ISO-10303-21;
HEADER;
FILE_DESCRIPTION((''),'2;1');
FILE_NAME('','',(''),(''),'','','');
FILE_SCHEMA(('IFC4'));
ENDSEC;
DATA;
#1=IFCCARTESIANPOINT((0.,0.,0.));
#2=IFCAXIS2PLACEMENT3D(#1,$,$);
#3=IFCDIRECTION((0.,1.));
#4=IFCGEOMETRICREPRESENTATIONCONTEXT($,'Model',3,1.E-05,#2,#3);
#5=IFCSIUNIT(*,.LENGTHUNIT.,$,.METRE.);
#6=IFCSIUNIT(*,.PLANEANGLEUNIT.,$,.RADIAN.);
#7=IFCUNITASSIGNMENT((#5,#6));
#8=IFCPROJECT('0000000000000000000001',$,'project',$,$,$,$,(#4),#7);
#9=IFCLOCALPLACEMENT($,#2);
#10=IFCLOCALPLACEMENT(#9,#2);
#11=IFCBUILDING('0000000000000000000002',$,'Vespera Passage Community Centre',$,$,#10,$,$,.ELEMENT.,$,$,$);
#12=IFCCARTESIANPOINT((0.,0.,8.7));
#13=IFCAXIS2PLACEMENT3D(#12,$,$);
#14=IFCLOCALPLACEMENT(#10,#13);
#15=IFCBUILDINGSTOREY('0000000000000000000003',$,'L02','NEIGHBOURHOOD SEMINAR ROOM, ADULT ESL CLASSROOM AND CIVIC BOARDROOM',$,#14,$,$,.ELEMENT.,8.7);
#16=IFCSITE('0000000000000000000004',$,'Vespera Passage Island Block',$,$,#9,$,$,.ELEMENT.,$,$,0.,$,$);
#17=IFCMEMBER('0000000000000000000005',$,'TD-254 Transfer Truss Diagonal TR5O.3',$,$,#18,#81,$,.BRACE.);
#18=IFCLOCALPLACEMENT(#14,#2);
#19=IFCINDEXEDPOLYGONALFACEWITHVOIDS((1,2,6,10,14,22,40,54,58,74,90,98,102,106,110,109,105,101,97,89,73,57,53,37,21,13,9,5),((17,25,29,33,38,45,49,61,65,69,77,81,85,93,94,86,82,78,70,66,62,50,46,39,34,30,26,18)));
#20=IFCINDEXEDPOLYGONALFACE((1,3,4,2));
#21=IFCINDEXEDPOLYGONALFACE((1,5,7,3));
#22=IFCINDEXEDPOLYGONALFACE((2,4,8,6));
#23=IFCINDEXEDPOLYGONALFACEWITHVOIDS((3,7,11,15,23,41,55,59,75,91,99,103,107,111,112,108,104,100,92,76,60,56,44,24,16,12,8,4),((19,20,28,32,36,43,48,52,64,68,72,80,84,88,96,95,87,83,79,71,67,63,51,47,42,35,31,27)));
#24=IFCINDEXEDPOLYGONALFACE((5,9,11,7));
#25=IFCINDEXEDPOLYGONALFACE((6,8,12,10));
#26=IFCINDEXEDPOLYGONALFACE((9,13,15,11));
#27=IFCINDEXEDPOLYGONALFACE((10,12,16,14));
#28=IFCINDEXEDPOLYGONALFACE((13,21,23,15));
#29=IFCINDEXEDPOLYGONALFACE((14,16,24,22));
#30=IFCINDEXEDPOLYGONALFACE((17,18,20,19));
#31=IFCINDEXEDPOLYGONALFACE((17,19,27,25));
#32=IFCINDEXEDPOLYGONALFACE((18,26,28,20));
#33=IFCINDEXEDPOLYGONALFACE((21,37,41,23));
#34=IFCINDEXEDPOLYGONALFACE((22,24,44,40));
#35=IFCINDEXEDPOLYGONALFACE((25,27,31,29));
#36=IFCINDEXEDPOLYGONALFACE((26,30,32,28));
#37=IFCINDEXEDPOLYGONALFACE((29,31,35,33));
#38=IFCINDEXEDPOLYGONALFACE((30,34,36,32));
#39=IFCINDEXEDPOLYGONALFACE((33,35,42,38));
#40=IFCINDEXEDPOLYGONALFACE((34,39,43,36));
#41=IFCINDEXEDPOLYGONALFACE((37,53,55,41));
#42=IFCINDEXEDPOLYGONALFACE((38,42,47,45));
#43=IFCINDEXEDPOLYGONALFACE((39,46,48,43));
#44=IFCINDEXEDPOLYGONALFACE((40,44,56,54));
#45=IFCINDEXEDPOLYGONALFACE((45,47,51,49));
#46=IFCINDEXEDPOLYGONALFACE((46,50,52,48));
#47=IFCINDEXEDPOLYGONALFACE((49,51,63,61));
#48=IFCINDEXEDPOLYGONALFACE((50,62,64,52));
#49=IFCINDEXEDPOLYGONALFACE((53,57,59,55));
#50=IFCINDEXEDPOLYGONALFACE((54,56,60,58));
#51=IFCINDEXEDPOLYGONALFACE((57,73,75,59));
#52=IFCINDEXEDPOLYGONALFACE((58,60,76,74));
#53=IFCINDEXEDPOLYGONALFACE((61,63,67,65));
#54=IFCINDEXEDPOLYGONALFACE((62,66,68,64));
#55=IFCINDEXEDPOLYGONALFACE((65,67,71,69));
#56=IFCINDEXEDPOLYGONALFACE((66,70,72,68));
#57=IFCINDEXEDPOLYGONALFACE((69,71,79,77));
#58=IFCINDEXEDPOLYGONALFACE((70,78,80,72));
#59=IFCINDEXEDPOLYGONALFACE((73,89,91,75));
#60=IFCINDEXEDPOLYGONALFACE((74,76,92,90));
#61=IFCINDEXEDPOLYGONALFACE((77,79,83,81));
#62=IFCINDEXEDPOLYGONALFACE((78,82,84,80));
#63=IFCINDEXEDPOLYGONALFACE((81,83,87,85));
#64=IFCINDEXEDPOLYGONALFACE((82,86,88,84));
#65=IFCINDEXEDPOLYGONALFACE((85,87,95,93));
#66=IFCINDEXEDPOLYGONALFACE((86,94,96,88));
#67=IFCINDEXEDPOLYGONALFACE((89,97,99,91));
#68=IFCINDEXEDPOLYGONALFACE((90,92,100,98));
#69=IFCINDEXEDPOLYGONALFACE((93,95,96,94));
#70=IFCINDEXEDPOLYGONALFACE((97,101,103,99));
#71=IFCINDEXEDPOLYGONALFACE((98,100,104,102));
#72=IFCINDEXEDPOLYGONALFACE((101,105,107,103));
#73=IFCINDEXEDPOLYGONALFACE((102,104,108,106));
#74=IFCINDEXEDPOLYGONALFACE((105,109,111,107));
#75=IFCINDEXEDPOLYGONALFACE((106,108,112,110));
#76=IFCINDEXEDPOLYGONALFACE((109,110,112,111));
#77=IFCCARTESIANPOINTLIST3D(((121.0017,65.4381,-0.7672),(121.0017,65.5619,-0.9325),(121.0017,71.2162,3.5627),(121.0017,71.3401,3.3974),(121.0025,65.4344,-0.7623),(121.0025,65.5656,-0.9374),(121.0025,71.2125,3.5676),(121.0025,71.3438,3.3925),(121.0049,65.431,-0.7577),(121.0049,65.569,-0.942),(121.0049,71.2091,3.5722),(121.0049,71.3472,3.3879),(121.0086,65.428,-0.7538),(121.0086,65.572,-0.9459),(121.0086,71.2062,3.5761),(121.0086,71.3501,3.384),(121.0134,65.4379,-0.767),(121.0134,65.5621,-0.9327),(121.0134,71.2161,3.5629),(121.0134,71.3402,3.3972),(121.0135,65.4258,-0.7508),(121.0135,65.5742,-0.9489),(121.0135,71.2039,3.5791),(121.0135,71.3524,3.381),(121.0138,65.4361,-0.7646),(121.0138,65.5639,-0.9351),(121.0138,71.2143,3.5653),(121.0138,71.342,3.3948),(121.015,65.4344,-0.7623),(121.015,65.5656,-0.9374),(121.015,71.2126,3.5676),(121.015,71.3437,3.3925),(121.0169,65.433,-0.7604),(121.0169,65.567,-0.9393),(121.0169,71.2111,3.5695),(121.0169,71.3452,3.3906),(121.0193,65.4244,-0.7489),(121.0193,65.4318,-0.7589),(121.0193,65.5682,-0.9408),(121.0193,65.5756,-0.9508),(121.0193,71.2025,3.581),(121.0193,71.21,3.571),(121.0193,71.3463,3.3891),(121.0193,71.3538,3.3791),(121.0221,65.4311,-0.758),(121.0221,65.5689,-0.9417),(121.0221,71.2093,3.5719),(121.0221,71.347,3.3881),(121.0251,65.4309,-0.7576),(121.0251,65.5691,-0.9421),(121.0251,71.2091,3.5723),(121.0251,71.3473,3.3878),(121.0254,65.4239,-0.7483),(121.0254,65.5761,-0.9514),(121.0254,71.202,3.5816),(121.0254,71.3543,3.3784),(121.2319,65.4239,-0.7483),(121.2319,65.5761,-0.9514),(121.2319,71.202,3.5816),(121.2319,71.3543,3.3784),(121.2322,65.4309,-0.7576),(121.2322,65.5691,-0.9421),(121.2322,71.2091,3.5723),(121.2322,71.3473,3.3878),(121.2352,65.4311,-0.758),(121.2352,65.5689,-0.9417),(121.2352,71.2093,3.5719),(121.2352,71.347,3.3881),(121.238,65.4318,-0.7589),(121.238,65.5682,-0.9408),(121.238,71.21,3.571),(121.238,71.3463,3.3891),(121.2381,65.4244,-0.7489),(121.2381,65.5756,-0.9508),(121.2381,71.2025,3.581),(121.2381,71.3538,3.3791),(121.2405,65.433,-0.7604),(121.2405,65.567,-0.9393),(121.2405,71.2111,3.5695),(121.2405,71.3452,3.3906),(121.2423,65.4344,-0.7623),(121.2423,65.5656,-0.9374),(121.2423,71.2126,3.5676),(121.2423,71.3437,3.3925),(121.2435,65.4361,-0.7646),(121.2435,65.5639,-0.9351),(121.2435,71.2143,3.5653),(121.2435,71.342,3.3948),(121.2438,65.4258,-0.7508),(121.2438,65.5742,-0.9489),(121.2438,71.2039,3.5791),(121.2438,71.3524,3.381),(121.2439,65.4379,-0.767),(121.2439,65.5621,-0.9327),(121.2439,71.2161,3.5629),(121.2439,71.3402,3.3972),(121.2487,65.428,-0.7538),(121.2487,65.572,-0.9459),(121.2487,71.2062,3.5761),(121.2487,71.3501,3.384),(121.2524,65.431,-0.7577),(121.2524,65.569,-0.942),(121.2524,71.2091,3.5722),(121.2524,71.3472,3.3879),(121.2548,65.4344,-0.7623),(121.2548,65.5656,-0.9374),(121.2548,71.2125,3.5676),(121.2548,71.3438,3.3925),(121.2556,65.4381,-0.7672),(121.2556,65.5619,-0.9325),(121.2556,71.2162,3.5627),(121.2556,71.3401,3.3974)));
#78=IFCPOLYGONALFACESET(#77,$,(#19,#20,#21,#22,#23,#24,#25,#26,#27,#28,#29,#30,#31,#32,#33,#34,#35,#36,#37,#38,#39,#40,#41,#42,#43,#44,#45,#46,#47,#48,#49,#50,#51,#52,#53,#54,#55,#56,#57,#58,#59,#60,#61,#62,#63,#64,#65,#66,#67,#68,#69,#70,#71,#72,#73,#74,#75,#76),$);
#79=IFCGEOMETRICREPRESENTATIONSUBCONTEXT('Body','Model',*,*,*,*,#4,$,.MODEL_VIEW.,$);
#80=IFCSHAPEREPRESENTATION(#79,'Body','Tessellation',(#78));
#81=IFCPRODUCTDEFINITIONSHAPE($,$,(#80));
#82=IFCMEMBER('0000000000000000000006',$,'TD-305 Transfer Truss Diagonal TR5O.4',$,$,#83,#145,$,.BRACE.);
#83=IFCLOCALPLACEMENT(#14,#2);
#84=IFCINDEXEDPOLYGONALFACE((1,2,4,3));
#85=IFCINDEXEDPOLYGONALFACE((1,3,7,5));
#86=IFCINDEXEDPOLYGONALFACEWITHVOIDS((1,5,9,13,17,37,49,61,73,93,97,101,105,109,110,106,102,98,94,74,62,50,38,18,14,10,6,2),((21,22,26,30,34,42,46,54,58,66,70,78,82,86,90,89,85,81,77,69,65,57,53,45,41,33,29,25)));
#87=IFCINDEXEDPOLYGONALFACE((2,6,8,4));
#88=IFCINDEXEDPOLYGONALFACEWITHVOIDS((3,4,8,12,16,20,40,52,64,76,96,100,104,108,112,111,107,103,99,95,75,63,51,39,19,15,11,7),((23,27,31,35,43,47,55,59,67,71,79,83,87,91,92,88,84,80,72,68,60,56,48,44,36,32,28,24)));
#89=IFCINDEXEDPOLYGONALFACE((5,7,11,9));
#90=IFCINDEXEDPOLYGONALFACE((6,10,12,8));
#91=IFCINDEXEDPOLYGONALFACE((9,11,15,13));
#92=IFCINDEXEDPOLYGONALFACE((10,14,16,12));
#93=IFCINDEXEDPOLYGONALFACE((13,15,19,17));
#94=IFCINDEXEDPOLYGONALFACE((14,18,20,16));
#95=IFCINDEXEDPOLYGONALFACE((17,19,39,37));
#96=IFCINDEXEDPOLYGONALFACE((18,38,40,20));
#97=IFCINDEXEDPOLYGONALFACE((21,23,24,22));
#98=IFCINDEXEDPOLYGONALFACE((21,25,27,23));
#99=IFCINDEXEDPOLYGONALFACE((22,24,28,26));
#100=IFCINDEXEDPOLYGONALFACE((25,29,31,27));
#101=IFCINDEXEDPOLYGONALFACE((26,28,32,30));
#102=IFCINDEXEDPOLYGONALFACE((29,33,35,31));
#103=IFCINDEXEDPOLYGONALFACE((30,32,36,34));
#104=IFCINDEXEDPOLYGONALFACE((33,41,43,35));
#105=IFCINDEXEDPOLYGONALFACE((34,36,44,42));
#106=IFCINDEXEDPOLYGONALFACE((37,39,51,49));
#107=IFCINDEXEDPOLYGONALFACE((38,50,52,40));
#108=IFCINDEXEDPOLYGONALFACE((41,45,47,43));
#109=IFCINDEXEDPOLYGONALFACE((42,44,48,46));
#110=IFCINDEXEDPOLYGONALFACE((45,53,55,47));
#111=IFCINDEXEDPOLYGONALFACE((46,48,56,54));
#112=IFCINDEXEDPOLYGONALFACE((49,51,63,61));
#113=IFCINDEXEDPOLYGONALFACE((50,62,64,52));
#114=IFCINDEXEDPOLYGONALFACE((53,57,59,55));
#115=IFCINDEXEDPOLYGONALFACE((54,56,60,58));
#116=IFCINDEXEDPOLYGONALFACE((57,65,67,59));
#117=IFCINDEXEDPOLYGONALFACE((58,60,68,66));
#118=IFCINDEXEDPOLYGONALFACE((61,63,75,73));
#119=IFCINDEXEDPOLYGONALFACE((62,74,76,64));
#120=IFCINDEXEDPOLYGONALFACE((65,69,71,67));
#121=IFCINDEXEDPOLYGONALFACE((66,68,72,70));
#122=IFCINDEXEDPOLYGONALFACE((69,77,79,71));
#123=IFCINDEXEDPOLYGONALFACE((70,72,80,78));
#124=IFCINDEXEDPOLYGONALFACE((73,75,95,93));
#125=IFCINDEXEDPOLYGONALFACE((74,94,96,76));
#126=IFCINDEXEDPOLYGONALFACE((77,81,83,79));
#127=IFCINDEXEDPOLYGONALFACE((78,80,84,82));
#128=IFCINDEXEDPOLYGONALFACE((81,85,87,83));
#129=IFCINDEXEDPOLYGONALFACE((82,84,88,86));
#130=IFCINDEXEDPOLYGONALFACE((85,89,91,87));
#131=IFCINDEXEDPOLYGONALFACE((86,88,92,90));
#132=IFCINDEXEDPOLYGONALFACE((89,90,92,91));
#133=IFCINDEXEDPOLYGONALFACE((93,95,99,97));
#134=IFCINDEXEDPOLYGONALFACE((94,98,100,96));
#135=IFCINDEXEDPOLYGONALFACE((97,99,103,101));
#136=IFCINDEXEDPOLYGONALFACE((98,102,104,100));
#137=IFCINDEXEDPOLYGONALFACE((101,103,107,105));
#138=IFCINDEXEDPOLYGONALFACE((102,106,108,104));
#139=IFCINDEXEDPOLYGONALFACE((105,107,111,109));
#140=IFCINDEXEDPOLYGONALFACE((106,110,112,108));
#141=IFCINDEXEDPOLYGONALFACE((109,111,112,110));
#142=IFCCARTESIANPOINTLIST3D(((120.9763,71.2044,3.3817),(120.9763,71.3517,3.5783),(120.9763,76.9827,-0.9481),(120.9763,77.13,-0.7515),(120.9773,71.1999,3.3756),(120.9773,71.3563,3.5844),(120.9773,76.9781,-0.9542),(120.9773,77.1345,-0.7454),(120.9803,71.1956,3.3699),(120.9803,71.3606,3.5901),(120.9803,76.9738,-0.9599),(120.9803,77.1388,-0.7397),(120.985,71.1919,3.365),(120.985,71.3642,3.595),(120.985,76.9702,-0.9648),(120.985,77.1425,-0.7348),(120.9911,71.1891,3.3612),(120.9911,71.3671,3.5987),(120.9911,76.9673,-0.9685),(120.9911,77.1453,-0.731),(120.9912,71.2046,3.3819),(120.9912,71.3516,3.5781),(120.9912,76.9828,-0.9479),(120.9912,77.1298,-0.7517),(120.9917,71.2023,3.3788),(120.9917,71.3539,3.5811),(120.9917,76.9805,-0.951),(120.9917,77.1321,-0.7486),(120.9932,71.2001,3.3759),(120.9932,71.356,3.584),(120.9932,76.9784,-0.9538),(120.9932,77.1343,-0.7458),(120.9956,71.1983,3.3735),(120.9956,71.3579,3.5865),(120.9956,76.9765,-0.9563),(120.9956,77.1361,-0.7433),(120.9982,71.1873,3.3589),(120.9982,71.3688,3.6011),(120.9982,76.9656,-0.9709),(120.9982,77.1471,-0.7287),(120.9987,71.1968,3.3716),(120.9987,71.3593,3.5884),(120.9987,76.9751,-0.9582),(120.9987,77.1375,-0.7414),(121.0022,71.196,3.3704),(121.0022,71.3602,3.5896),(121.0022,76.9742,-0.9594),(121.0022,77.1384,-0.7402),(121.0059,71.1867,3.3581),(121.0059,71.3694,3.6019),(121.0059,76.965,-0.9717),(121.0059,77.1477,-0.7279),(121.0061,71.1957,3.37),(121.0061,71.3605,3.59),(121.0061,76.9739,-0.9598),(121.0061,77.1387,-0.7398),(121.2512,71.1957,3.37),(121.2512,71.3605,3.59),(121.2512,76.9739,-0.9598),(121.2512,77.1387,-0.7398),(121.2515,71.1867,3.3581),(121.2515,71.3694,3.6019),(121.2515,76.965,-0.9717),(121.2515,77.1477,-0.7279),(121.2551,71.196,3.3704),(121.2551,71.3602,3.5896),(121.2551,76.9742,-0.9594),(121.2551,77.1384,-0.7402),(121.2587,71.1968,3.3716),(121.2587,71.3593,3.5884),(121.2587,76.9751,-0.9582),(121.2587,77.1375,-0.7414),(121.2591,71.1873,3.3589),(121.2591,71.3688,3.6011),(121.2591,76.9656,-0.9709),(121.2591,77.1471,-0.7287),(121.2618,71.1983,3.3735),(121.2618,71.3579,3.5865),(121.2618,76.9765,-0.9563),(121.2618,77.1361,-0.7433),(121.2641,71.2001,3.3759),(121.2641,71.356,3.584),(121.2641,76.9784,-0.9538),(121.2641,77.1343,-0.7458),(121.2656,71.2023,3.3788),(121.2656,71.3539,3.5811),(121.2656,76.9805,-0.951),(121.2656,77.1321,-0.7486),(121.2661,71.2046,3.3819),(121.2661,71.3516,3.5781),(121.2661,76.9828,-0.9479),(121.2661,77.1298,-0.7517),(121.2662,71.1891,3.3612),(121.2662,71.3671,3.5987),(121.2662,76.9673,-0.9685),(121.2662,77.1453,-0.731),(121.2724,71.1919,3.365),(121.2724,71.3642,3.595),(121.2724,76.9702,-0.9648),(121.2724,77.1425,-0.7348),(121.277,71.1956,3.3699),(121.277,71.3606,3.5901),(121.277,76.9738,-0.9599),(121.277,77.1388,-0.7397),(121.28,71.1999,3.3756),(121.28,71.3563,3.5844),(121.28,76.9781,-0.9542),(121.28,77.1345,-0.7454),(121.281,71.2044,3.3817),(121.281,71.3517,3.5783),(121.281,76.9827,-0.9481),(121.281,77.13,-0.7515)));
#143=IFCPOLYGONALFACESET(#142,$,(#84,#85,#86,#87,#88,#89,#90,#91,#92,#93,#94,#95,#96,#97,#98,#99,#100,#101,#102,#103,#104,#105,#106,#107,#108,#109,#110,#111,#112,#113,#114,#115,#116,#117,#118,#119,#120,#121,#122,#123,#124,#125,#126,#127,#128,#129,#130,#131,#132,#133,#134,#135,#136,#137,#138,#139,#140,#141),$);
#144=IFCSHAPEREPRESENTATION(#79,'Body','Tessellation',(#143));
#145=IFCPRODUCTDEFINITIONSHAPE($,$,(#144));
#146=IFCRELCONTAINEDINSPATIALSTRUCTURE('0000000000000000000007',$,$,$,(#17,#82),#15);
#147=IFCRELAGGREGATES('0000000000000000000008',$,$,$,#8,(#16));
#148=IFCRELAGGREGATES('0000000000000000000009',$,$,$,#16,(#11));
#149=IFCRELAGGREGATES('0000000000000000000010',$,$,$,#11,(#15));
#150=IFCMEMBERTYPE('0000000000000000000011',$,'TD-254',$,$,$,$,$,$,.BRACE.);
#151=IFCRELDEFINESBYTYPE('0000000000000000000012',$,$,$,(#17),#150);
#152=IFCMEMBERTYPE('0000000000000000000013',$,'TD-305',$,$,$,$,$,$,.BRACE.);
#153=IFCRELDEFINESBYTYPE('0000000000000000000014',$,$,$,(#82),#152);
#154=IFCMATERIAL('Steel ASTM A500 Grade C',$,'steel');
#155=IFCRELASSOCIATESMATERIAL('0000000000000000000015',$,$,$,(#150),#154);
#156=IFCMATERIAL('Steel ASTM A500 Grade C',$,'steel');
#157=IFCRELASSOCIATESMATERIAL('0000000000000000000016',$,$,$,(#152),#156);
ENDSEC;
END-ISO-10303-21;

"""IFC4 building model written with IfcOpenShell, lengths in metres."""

from ifc_helpers import new_model, si_unit, direction, frame, origin, origin_2d, place, context, subcontext, project, spatial, hollow_rectangle, extrude, material, material_profile, profile_set, type_object, element, save


model = new_model("IFC4")

# Units and contexts
model_context = context("Model", 3, precision=1e-05, world=origin(), true_north=direction((0.0, 1.0)))
body_context = subcontext(model_context, "Body", "Model", "MODEL_VIEW")
ifc_project = project(units=[si_unit("LENGTHUNIT", "METRE"), si_unit("PLANEANGLEUNIT", "RADIAN")], contexts=[model_context])

# Site, building, storey
site_placement = place(None, origin())
site = spatial("IfcSite", under=ifc_project, at=site_placement, Name="Vespera Passage Island Block", CompositionType="ELEMENT", RefElevation=0.0)
building_placement = place(site_placement, origin())
building = spatial("IfcBuilding", under=site, at=building_placement, Name="Vespera Passage Community Centre", CompositionType="ELEMENT")
storey_placement = place(building_placement, frame((0.0, 0.0, 8.7)))
storey = spatial("IfcBuildingStorey", under=building, at=storey_placement, Name="L02", Description="NEIGHBOURHOOD SEMINAR ROOM, ADULT ESL CLASSROOM AND CIVIC BOARDROOM", CompositionType="ELEMENT", Elevation=8.7)

# Members
ifc_material_1 = material(Name="Steel ASTM A500 Grade C", Category="steel")
ifc_material_profile_1 = material_profile(ifc_material_1, hollow_rectangle(XDim=0.2539, YDim=0.2539, WallThickness=0.0117, InnerFilletRadius=0.0117, OuterFilletRadius=0.0237, at=origin_2d()), Name="HSS254X254X12.7")
ifc_profile_set_1 = profile_set([ifc_material_profile_1], Name="Steel ASTM A500 Grade C")
member_type_1 = type_object("IfcMemberType", Name="TD-254", PredefinedType="BRACE", material=ifc_profile_set_1)
member_1_placement = place(storey_placement, frame((121.1287, 65.5, -0.8499), z_axis=(0.0, 0.800247, 0.59967), x_axis=(-1.0, 0.0, 0.0)))
element("IfcMember", 1, at=member_1_placement, inside=storey, type_object=member_type_1, Name="TD-254 Transfer Truss Diagonal TR5O.3", PredefinedType="BRACE", context=body_context, shape_type="SweptSolid", body=[
    extrude(hollow_rectangle(XDim=0.2539, YDim=0.2539, WallThickness=0.0117, InnerFilletRadius=0.0117, OuterFilletRadius=0.0237, at=origin_2d()), origin(), (0.0, 0.0, 1.0), 7.2205),
])
ifc_material_2 = material(Name="Steel ASTM A500 Grade C", Category="steel")
ifc_material_profile_2 = material_profile(ifc_material_2, hollow_rectangle(XDim=0.3047, YDim=0.3047, WallThickness=0.0149, InnerFilletRadius=0.0149, OuterFilletRadius=0.0295, at=origin_2d()), Name="HSS305X305X15.9")
ifc_profile_set_2 = profile_set([ifc_material_profile_2], Name="Steel ASTM A500 Grade C")
member_type_2 = type_object("IfcMemberType", Name="TD-305", PredefinedType="BRACE", material=ifc_profile_set_2)
member_2_placement = place(storey_placement, frame((121.1287, 71.2781, 3.48), z_axis=(0.0, 0.80026, -0.599654), x_axis=(-1.0, 0.0, 0.0)))
element("IfcMember", 2, at=member_2_placement, inside=storey, type_object=member_type_2, Name="TD-305 Transfer Truss Diagonal TR5O.4", PredefinedType="BRACE", context=body_context, shape_type="SweptSolid", body=[
    extrude(hollow_rectangle(XDim=0.3047, YDim=0.3047, WallThickness=0.0149, InnerFilletRadius=0.0149, OuterFilletRadius=0.0295, at=origin_2d()), origin(), (0.0, 0.0, 1.0), 7.2205),
])

save(model, "model.ifc")
